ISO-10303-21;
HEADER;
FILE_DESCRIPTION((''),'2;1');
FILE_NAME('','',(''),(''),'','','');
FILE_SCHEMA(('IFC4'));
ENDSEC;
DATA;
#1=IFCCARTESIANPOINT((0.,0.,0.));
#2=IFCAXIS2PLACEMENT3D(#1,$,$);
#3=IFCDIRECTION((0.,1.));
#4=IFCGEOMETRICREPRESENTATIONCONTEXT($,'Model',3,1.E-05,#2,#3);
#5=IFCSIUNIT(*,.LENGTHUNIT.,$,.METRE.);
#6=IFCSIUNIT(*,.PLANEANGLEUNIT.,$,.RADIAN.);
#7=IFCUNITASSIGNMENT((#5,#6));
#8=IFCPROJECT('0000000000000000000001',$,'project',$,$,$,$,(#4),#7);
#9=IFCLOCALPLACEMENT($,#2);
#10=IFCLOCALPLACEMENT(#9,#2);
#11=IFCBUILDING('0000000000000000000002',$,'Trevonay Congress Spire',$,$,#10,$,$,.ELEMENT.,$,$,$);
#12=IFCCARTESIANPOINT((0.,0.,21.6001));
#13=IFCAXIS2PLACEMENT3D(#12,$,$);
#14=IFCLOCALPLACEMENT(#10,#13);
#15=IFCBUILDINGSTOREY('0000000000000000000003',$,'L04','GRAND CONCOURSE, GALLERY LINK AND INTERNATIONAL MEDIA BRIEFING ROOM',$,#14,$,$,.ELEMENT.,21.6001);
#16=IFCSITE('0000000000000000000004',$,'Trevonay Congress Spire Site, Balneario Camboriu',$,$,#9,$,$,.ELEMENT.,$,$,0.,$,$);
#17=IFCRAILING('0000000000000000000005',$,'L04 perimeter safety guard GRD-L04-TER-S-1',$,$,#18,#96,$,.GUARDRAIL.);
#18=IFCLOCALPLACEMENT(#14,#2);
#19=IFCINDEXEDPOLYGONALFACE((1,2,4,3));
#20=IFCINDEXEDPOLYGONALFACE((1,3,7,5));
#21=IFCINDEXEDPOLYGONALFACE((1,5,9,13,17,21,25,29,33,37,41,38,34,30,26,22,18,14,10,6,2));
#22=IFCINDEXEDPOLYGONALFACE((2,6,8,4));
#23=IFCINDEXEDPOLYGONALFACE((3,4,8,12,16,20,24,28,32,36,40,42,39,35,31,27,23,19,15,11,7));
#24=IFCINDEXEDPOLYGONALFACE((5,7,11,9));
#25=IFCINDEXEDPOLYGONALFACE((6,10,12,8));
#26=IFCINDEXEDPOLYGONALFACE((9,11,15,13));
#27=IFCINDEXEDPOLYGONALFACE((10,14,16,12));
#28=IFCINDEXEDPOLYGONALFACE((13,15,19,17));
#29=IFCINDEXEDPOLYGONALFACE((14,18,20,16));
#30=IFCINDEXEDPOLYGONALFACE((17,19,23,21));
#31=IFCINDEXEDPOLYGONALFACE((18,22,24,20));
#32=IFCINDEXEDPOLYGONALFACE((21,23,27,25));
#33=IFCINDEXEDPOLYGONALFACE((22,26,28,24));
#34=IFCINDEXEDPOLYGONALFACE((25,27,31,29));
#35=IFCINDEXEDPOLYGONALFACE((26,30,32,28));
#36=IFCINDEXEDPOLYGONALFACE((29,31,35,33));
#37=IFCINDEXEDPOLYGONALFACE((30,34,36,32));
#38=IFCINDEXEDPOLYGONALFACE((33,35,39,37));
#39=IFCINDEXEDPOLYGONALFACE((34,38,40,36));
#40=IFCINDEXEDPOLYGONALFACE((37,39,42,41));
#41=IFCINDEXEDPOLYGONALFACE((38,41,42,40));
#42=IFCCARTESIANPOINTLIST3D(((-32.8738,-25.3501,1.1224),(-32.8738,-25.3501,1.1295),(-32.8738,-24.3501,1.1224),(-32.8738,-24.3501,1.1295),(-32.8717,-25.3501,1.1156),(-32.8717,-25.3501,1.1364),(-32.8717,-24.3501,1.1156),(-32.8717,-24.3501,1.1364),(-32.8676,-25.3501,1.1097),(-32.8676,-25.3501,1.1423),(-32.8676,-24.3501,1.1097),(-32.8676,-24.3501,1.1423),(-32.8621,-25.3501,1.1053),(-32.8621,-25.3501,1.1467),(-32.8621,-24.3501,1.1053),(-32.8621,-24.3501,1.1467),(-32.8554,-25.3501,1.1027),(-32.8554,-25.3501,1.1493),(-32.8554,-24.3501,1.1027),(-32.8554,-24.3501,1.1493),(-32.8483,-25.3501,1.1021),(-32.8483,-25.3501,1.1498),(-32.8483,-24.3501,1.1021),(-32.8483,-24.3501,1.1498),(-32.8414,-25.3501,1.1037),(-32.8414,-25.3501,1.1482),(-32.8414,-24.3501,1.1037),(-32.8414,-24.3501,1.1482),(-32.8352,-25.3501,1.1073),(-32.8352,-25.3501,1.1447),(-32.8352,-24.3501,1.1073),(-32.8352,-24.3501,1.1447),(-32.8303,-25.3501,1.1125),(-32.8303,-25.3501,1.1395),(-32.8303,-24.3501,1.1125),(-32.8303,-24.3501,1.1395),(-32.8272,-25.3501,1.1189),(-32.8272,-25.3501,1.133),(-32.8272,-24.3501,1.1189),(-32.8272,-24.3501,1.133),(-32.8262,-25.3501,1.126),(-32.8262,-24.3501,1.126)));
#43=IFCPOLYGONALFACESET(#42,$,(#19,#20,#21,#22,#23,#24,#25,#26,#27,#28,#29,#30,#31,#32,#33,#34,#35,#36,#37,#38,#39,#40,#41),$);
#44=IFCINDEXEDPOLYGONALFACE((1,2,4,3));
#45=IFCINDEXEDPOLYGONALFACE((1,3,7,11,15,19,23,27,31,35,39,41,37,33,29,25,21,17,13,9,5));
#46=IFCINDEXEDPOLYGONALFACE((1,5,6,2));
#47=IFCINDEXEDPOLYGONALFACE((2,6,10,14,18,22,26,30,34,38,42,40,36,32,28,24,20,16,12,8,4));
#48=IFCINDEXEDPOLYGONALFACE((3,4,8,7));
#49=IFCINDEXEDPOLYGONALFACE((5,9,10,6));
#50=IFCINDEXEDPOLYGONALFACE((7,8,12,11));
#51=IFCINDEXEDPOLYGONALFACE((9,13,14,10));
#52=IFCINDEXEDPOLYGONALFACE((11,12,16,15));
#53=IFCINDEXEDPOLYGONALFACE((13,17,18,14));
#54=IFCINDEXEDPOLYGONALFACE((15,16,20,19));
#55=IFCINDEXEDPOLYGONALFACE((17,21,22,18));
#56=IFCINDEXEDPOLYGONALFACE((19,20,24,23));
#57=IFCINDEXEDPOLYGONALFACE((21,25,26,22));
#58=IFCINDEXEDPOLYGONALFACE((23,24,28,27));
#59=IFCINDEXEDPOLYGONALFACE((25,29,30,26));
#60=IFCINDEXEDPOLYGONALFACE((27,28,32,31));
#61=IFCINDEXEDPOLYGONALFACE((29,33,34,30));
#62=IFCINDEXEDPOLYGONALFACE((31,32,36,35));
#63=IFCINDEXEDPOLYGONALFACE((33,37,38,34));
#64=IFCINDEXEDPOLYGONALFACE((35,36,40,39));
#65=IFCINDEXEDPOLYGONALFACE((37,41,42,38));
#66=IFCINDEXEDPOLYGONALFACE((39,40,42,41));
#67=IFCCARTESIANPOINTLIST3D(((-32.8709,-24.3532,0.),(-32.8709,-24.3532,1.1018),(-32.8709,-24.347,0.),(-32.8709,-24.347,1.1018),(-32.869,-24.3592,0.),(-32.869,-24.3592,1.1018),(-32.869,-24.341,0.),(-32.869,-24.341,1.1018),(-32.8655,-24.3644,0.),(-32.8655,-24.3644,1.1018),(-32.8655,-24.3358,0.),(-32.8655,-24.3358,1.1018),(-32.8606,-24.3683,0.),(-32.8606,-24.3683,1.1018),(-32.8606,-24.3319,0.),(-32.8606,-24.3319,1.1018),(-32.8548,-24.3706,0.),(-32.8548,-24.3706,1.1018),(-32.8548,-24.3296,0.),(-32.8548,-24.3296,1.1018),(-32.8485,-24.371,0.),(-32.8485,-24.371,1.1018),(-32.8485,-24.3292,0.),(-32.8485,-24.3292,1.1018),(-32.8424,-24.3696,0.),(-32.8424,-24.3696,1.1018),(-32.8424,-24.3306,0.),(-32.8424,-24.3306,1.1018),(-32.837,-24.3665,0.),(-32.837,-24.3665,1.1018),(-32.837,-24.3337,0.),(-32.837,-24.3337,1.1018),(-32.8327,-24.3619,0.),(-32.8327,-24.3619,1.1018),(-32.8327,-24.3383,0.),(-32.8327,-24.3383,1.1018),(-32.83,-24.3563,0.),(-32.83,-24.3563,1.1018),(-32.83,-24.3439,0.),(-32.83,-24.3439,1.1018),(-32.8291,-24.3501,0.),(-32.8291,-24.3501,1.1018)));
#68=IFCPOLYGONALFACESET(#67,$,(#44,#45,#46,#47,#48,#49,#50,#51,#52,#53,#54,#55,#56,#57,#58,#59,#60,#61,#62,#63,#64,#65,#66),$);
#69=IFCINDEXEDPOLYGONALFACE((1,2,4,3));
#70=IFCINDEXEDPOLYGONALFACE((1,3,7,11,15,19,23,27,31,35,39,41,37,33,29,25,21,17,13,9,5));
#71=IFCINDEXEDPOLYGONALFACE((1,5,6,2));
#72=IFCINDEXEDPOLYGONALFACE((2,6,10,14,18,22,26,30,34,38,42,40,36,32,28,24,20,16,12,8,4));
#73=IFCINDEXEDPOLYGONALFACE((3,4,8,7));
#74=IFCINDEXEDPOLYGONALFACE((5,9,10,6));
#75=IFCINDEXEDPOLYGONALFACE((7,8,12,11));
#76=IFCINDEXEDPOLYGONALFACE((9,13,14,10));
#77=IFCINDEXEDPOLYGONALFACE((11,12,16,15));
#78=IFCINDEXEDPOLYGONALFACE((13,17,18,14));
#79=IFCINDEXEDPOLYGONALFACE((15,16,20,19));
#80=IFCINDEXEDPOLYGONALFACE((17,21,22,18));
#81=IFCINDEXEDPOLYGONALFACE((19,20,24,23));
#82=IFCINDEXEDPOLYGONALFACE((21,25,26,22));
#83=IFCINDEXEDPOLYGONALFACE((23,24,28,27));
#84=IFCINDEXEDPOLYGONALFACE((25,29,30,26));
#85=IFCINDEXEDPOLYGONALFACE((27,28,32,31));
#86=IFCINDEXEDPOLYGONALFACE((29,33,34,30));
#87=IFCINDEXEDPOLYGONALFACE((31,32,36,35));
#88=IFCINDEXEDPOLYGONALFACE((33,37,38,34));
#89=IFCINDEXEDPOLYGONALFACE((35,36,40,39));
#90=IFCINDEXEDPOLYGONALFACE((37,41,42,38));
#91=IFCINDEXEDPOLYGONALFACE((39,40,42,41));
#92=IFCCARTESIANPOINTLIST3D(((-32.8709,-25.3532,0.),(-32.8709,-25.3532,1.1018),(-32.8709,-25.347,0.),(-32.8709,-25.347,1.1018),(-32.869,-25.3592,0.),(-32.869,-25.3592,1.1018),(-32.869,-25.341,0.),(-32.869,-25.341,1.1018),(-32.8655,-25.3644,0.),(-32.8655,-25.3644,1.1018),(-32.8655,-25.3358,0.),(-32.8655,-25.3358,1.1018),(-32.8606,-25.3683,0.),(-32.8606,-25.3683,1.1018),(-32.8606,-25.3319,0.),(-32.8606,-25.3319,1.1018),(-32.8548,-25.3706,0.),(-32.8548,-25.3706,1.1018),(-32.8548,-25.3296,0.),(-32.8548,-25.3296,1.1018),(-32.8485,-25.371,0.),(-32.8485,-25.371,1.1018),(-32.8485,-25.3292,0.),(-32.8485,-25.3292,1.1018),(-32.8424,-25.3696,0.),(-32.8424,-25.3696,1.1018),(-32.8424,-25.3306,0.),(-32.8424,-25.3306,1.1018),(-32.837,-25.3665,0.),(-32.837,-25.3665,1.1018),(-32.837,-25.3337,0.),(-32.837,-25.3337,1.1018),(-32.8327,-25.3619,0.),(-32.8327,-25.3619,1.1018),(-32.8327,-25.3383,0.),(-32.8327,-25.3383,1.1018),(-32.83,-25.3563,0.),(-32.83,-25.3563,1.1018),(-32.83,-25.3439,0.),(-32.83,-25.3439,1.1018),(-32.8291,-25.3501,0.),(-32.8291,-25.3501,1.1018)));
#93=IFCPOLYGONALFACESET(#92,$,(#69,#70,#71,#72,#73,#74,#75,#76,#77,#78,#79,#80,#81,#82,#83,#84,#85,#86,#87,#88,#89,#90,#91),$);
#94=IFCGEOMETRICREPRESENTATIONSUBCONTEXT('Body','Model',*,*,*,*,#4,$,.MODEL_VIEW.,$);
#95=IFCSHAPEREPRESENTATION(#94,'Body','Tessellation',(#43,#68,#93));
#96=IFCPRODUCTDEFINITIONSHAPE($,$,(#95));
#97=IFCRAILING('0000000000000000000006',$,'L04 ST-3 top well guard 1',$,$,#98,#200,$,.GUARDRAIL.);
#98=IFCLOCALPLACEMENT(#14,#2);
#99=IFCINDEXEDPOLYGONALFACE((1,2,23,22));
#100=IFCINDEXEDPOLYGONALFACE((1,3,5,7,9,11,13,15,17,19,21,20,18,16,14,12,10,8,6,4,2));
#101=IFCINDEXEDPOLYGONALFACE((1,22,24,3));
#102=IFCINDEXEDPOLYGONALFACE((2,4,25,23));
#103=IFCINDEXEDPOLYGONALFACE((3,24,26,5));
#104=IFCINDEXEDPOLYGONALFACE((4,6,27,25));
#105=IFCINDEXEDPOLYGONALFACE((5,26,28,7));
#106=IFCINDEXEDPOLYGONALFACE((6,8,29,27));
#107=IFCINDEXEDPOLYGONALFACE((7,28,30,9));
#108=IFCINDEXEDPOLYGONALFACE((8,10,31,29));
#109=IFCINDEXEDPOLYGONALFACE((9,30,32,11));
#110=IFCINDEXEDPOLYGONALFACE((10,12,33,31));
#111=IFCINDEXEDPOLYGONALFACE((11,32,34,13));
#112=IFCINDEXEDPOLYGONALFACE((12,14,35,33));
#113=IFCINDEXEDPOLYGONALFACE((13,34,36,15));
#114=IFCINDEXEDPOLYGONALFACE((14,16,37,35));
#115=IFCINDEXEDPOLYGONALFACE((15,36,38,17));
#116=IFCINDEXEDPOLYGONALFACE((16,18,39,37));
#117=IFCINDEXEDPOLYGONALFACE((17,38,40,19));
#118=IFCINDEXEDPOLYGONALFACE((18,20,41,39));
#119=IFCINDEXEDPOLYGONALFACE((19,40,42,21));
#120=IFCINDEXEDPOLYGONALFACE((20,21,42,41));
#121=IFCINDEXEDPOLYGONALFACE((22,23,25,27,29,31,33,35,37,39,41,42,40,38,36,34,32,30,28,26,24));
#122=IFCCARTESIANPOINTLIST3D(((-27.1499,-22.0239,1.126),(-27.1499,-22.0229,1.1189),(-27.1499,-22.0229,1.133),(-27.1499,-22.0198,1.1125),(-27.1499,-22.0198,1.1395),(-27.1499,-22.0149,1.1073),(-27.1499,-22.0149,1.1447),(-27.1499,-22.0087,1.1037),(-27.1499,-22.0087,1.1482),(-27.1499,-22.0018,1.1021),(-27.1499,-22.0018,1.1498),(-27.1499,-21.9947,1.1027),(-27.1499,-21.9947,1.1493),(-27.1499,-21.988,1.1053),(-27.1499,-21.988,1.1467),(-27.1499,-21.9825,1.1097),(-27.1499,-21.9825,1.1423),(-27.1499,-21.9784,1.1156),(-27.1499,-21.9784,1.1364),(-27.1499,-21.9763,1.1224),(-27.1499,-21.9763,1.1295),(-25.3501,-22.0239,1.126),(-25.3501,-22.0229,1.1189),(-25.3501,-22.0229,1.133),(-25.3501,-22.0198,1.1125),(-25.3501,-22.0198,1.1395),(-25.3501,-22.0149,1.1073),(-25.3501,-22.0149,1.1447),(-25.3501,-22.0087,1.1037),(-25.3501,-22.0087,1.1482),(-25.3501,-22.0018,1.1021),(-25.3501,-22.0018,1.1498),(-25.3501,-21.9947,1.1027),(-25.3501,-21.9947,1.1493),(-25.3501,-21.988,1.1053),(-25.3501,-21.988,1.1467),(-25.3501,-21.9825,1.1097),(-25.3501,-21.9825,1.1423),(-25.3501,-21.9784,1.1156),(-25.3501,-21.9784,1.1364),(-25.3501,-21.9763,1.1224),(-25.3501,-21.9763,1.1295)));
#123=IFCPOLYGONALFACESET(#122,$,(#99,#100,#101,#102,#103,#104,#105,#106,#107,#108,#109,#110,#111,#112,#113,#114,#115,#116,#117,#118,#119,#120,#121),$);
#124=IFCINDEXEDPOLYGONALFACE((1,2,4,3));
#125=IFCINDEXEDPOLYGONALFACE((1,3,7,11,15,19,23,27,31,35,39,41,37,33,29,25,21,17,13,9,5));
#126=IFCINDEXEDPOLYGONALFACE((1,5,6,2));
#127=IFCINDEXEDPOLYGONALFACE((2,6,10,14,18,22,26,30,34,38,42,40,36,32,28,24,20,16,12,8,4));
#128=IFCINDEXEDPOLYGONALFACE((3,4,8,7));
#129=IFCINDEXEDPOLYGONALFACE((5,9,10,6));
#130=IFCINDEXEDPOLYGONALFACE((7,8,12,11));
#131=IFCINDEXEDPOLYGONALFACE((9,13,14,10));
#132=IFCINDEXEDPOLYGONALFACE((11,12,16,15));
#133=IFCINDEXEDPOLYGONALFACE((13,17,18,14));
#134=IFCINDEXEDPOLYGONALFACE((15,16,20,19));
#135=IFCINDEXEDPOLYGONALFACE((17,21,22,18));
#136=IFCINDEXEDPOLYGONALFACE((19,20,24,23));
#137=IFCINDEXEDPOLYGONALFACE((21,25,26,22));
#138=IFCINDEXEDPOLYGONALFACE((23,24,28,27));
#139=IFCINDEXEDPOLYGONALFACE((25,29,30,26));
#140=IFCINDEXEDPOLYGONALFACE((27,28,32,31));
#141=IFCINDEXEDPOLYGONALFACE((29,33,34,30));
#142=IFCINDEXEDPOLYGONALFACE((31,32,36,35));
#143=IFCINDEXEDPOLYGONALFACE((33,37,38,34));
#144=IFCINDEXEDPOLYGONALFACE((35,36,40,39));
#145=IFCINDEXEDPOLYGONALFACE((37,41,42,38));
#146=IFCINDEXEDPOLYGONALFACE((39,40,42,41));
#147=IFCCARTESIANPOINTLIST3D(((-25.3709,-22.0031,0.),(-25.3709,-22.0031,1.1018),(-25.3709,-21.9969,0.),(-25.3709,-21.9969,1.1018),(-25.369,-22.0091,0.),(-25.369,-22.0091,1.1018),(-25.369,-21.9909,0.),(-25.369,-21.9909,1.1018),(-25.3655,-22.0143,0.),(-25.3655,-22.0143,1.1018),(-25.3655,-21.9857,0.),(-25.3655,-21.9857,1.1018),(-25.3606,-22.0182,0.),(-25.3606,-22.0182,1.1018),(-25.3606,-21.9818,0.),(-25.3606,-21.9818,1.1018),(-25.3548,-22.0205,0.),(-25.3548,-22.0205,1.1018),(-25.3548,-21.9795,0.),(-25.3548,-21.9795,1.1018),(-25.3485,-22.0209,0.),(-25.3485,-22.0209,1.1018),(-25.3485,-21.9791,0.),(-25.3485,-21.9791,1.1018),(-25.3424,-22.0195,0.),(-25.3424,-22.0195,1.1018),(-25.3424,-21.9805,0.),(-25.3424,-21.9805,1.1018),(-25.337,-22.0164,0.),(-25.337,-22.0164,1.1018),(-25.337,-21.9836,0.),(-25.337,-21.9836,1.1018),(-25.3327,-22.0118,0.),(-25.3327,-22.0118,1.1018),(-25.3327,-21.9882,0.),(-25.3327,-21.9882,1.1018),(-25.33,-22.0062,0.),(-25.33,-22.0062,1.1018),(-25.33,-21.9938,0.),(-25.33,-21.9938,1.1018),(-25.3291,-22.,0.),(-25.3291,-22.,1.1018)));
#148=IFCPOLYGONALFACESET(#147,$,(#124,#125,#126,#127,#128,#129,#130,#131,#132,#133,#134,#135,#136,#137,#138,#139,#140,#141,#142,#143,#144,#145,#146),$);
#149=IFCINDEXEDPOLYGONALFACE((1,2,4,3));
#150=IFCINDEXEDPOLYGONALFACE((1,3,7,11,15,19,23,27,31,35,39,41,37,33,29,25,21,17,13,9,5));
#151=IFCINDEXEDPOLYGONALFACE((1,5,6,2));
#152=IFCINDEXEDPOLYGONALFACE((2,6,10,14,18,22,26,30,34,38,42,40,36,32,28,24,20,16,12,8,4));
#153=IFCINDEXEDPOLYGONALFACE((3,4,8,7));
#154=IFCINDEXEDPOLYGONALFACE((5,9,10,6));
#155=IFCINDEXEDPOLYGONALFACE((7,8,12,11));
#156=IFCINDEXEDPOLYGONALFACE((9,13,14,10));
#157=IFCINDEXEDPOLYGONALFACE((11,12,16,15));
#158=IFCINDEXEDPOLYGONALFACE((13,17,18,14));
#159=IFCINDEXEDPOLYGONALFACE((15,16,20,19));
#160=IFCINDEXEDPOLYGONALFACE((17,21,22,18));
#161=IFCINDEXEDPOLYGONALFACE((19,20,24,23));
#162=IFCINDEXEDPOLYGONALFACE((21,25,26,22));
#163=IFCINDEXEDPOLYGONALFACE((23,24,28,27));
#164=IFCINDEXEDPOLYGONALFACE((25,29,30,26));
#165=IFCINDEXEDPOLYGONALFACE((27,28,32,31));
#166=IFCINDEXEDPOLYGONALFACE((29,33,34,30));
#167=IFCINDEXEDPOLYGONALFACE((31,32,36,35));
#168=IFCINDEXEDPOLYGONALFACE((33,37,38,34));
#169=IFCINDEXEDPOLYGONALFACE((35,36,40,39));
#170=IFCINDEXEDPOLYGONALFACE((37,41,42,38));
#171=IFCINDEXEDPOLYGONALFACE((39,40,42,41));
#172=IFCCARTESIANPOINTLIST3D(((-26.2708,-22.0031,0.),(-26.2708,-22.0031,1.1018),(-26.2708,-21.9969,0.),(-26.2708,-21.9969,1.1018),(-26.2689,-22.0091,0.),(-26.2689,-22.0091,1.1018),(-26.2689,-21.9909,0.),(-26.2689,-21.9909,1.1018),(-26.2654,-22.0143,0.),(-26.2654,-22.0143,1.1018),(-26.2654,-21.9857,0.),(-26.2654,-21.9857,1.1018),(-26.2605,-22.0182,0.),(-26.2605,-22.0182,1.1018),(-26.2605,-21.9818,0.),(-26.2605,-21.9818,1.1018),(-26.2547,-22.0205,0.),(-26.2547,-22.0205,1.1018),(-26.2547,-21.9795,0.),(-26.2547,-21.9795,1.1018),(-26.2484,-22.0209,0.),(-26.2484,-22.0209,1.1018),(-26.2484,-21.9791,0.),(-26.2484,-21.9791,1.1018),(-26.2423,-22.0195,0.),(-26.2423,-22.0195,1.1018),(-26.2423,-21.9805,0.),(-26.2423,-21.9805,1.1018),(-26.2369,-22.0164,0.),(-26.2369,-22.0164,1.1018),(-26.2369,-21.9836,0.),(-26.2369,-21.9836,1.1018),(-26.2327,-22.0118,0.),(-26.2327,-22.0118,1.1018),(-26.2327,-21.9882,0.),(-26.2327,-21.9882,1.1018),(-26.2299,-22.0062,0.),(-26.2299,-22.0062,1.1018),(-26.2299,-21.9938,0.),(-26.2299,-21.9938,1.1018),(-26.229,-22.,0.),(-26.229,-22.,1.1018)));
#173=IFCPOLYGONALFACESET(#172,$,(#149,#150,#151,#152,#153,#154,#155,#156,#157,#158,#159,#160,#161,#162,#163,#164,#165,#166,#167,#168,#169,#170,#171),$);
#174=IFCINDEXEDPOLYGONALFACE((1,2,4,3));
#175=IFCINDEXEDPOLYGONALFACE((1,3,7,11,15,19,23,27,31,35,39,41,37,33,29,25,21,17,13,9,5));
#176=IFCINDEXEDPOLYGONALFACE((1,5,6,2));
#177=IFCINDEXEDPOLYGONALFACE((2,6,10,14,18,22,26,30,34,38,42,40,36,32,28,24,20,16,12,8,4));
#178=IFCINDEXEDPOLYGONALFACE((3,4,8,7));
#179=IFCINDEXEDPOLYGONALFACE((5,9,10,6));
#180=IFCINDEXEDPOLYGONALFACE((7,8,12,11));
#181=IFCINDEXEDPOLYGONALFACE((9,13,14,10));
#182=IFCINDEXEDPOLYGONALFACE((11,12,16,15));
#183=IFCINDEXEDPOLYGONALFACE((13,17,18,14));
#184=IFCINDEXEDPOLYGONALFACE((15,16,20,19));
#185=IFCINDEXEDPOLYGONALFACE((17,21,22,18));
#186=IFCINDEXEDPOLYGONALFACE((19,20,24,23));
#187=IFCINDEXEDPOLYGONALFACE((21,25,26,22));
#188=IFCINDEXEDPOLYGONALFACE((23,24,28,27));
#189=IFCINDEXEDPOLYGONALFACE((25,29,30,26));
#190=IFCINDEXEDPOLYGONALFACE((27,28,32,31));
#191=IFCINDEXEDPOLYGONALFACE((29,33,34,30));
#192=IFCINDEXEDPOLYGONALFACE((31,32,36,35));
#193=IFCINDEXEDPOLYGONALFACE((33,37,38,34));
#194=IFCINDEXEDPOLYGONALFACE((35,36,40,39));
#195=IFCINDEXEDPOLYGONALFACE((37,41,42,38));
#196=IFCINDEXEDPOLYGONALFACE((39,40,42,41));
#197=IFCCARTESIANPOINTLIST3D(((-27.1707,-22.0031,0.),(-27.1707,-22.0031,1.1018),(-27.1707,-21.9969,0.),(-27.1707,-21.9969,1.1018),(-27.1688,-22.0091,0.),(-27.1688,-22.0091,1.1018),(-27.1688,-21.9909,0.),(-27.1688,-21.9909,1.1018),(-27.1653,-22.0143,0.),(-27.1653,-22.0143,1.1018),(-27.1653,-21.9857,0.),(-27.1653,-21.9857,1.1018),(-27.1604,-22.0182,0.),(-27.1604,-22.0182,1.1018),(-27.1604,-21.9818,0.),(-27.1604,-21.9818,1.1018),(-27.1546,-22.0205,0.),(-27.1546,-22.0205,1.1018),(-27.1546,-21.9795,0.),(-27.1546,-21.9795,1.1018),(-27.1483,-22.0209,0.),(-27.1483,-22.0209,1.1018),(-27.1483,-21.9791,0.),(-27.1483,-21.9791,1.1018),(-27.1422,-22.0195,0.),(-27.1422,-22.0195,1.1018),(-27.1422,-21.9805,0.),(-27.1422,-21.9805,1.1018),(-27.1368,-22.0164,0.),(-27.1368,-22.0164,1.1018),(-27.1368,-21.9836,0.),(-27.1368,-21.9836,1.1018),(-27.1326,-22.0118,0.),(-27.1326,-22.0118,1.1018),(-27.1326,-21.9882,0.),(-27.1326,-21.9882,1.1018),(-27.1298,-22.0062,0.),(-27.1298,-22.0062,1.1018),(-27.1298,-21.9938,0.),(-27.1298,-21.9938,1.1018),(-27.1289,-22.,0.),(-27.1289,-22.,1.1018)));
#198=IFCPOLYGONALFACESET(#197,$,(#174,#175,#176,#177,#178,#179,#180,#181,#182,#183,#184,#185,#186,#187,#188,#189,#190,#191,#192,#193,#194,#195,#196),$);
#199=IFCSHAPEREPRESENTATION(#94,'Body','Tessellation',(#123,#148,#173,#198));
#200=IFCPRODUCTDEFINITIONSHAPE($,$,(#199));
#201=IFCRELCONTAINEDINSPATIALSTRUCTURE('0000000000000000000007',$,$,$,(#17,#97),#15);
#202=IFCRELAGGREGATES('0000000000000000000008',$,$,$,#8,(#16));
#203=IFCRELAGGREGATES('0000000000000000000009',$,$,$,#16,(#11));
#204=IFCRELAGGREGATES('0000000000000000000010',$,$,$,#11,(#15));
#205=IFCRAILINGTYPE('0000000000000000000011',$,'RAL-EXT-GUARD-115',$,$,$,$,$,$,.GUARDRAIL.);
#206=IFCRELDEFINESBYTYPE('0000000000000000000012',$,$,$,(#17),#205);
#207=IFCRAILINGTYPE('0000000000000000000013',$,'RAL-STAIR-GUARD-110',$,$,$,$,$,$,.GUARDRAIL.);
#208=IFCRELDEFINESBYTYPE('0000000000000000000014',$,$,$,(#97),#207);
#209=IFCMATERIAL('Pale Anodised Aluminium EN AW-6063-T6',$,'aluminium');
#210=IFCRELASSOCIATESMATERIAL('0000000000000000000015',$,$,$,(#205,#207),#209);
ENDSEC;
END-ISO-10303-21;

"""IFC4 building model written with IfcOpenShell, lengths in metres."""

from ifc_helpers import new_model, si_unit, direction, frame, origin, origin_2d, place, context, subcontext, project, spatial, circle, extrude, material, type_object, element, save


model = new_model("IFC4")

# Units and contexts
model_context = context("Model", 3, precision=1e-05, world=origin(), true_north=direction((0.0, 1.0)))
body_context = subcontext(model_context, "Body", "Model", "MODEL_VIEW")
ifc_project = project(units=[si_unit("LENGTHUNIT", "METRE"), si_unit("PLANEANGLEUNIT", "RADIAN")], contexts=[model_context])

# Site, building, storey
site_placement = place(None, origin())
site = spatial("IfcSite", under=ifc_project, at=site_placement, Name="Trevonay Congress Spire Site, Balneario Camboriu", CompositionType="ELEMENT", RefElevation=0.0)
building_placement = place(site_placement, origin())
building = spatial("IfcBuilding", under=site, at=building_placement, Name="Trevonay Congress Spire", CompositionType="ELEMENT")
storey_placement = place(building_placement, frame((0.0, 0.0, 21.6001)))
storey = spatial("IfcBuildingStorey", under=building, at=storey_placement, Name="L04", Description="GRAND CONCOURSE, GALLERY LINK AND INTERNATIONAL MEDIA BRIEFING ROOM", CompositionType="ELEMENT", Elevation=21.6001)

# Shared definitions
ifc_material_1 = material(Name="Pale Anodised Aluminium EN AW-6063-T6", Category="aluminium")

# Railings
railing_type_1 = type_object("IfcRailingType", Name="RAL-EXT-GUARD-115", PredefinedType="GUARDRAIL", material=ifc_material_1)
railing_1_placement = place(storey_placement, frame((-32.8501, -24.3501, 0.0)))
element("IfcRailing", 1, at=railing_1_placement, inside=storey, type_object=railing_type_1, Name="L04 perimeter safety guard GRD-L04-TER-S-1", PredefinedType="GUARDRAIL", context=body_context, shape_type="SweptSolid", body=[
    extrude(circle(Radius=0.0239, at=origin_2d()), frame((0.0, 0.0, 1.126), z_axis=(0.0, -1.0, 0.0), x_axis=(1.0, 0.0, 0.0)), (0.0, 0.0, 1.0), 1.0),
    extrude(circle(Radius=0.021, at=origin_2d()), origin(), (0.0, 0.0, 1.0), 1.1018),
    extrude(circle(Radius=0.021, at=origin_2d()), frame((0.0, -1.0, 0.0)), (0.0, 0.0, 1.0), 1.1018),
])
railing_type_2 = type_object("IfcRailingType", Name="RAL-STAIR-GUARD-110", PredefinedType="GUARDRAIL", material=ifc_material_1)
railing_2_placement = place(storey_placement, frame((-25.3501, -22.0, 0.0)))
element("IfcRailing", 2, at=railing_2_placement, inside=storey, type_object=railing_type_2, Name="L04 ST-3 top well guard 1", PredefinedType="GUARDRAIL", context=body_context, shape_type="SweptSolid", body=[
    extrude(circle(Radius=0.0239, at=origin_2d()), frame((0.0, 0.0, 1.126), z_axis=(-1.0, 0.0, 0.0), x_axis=(0.0, -1.0, 0.0)), (0.0, 0.0, 1.0), 1.7998),
    extrude(circle(Radius=0.021, at=origin_2d()), origin(), (0.0, 0.0, 1.0), 1.1018),
    extrude(circle(Radius=0.021, at=origin_2d()), frame((-0.8999, 0.0, 0.0)), (0.0, 0.0, 1.0), 1.1018),
    extrude(circle(Radius=0.021, at=origin_2d()), frame((-1.7998, 0.0, 0.0)), (0.0, 0.0, 1.0), 1.1018),
])

save(model, "model.ifc")
